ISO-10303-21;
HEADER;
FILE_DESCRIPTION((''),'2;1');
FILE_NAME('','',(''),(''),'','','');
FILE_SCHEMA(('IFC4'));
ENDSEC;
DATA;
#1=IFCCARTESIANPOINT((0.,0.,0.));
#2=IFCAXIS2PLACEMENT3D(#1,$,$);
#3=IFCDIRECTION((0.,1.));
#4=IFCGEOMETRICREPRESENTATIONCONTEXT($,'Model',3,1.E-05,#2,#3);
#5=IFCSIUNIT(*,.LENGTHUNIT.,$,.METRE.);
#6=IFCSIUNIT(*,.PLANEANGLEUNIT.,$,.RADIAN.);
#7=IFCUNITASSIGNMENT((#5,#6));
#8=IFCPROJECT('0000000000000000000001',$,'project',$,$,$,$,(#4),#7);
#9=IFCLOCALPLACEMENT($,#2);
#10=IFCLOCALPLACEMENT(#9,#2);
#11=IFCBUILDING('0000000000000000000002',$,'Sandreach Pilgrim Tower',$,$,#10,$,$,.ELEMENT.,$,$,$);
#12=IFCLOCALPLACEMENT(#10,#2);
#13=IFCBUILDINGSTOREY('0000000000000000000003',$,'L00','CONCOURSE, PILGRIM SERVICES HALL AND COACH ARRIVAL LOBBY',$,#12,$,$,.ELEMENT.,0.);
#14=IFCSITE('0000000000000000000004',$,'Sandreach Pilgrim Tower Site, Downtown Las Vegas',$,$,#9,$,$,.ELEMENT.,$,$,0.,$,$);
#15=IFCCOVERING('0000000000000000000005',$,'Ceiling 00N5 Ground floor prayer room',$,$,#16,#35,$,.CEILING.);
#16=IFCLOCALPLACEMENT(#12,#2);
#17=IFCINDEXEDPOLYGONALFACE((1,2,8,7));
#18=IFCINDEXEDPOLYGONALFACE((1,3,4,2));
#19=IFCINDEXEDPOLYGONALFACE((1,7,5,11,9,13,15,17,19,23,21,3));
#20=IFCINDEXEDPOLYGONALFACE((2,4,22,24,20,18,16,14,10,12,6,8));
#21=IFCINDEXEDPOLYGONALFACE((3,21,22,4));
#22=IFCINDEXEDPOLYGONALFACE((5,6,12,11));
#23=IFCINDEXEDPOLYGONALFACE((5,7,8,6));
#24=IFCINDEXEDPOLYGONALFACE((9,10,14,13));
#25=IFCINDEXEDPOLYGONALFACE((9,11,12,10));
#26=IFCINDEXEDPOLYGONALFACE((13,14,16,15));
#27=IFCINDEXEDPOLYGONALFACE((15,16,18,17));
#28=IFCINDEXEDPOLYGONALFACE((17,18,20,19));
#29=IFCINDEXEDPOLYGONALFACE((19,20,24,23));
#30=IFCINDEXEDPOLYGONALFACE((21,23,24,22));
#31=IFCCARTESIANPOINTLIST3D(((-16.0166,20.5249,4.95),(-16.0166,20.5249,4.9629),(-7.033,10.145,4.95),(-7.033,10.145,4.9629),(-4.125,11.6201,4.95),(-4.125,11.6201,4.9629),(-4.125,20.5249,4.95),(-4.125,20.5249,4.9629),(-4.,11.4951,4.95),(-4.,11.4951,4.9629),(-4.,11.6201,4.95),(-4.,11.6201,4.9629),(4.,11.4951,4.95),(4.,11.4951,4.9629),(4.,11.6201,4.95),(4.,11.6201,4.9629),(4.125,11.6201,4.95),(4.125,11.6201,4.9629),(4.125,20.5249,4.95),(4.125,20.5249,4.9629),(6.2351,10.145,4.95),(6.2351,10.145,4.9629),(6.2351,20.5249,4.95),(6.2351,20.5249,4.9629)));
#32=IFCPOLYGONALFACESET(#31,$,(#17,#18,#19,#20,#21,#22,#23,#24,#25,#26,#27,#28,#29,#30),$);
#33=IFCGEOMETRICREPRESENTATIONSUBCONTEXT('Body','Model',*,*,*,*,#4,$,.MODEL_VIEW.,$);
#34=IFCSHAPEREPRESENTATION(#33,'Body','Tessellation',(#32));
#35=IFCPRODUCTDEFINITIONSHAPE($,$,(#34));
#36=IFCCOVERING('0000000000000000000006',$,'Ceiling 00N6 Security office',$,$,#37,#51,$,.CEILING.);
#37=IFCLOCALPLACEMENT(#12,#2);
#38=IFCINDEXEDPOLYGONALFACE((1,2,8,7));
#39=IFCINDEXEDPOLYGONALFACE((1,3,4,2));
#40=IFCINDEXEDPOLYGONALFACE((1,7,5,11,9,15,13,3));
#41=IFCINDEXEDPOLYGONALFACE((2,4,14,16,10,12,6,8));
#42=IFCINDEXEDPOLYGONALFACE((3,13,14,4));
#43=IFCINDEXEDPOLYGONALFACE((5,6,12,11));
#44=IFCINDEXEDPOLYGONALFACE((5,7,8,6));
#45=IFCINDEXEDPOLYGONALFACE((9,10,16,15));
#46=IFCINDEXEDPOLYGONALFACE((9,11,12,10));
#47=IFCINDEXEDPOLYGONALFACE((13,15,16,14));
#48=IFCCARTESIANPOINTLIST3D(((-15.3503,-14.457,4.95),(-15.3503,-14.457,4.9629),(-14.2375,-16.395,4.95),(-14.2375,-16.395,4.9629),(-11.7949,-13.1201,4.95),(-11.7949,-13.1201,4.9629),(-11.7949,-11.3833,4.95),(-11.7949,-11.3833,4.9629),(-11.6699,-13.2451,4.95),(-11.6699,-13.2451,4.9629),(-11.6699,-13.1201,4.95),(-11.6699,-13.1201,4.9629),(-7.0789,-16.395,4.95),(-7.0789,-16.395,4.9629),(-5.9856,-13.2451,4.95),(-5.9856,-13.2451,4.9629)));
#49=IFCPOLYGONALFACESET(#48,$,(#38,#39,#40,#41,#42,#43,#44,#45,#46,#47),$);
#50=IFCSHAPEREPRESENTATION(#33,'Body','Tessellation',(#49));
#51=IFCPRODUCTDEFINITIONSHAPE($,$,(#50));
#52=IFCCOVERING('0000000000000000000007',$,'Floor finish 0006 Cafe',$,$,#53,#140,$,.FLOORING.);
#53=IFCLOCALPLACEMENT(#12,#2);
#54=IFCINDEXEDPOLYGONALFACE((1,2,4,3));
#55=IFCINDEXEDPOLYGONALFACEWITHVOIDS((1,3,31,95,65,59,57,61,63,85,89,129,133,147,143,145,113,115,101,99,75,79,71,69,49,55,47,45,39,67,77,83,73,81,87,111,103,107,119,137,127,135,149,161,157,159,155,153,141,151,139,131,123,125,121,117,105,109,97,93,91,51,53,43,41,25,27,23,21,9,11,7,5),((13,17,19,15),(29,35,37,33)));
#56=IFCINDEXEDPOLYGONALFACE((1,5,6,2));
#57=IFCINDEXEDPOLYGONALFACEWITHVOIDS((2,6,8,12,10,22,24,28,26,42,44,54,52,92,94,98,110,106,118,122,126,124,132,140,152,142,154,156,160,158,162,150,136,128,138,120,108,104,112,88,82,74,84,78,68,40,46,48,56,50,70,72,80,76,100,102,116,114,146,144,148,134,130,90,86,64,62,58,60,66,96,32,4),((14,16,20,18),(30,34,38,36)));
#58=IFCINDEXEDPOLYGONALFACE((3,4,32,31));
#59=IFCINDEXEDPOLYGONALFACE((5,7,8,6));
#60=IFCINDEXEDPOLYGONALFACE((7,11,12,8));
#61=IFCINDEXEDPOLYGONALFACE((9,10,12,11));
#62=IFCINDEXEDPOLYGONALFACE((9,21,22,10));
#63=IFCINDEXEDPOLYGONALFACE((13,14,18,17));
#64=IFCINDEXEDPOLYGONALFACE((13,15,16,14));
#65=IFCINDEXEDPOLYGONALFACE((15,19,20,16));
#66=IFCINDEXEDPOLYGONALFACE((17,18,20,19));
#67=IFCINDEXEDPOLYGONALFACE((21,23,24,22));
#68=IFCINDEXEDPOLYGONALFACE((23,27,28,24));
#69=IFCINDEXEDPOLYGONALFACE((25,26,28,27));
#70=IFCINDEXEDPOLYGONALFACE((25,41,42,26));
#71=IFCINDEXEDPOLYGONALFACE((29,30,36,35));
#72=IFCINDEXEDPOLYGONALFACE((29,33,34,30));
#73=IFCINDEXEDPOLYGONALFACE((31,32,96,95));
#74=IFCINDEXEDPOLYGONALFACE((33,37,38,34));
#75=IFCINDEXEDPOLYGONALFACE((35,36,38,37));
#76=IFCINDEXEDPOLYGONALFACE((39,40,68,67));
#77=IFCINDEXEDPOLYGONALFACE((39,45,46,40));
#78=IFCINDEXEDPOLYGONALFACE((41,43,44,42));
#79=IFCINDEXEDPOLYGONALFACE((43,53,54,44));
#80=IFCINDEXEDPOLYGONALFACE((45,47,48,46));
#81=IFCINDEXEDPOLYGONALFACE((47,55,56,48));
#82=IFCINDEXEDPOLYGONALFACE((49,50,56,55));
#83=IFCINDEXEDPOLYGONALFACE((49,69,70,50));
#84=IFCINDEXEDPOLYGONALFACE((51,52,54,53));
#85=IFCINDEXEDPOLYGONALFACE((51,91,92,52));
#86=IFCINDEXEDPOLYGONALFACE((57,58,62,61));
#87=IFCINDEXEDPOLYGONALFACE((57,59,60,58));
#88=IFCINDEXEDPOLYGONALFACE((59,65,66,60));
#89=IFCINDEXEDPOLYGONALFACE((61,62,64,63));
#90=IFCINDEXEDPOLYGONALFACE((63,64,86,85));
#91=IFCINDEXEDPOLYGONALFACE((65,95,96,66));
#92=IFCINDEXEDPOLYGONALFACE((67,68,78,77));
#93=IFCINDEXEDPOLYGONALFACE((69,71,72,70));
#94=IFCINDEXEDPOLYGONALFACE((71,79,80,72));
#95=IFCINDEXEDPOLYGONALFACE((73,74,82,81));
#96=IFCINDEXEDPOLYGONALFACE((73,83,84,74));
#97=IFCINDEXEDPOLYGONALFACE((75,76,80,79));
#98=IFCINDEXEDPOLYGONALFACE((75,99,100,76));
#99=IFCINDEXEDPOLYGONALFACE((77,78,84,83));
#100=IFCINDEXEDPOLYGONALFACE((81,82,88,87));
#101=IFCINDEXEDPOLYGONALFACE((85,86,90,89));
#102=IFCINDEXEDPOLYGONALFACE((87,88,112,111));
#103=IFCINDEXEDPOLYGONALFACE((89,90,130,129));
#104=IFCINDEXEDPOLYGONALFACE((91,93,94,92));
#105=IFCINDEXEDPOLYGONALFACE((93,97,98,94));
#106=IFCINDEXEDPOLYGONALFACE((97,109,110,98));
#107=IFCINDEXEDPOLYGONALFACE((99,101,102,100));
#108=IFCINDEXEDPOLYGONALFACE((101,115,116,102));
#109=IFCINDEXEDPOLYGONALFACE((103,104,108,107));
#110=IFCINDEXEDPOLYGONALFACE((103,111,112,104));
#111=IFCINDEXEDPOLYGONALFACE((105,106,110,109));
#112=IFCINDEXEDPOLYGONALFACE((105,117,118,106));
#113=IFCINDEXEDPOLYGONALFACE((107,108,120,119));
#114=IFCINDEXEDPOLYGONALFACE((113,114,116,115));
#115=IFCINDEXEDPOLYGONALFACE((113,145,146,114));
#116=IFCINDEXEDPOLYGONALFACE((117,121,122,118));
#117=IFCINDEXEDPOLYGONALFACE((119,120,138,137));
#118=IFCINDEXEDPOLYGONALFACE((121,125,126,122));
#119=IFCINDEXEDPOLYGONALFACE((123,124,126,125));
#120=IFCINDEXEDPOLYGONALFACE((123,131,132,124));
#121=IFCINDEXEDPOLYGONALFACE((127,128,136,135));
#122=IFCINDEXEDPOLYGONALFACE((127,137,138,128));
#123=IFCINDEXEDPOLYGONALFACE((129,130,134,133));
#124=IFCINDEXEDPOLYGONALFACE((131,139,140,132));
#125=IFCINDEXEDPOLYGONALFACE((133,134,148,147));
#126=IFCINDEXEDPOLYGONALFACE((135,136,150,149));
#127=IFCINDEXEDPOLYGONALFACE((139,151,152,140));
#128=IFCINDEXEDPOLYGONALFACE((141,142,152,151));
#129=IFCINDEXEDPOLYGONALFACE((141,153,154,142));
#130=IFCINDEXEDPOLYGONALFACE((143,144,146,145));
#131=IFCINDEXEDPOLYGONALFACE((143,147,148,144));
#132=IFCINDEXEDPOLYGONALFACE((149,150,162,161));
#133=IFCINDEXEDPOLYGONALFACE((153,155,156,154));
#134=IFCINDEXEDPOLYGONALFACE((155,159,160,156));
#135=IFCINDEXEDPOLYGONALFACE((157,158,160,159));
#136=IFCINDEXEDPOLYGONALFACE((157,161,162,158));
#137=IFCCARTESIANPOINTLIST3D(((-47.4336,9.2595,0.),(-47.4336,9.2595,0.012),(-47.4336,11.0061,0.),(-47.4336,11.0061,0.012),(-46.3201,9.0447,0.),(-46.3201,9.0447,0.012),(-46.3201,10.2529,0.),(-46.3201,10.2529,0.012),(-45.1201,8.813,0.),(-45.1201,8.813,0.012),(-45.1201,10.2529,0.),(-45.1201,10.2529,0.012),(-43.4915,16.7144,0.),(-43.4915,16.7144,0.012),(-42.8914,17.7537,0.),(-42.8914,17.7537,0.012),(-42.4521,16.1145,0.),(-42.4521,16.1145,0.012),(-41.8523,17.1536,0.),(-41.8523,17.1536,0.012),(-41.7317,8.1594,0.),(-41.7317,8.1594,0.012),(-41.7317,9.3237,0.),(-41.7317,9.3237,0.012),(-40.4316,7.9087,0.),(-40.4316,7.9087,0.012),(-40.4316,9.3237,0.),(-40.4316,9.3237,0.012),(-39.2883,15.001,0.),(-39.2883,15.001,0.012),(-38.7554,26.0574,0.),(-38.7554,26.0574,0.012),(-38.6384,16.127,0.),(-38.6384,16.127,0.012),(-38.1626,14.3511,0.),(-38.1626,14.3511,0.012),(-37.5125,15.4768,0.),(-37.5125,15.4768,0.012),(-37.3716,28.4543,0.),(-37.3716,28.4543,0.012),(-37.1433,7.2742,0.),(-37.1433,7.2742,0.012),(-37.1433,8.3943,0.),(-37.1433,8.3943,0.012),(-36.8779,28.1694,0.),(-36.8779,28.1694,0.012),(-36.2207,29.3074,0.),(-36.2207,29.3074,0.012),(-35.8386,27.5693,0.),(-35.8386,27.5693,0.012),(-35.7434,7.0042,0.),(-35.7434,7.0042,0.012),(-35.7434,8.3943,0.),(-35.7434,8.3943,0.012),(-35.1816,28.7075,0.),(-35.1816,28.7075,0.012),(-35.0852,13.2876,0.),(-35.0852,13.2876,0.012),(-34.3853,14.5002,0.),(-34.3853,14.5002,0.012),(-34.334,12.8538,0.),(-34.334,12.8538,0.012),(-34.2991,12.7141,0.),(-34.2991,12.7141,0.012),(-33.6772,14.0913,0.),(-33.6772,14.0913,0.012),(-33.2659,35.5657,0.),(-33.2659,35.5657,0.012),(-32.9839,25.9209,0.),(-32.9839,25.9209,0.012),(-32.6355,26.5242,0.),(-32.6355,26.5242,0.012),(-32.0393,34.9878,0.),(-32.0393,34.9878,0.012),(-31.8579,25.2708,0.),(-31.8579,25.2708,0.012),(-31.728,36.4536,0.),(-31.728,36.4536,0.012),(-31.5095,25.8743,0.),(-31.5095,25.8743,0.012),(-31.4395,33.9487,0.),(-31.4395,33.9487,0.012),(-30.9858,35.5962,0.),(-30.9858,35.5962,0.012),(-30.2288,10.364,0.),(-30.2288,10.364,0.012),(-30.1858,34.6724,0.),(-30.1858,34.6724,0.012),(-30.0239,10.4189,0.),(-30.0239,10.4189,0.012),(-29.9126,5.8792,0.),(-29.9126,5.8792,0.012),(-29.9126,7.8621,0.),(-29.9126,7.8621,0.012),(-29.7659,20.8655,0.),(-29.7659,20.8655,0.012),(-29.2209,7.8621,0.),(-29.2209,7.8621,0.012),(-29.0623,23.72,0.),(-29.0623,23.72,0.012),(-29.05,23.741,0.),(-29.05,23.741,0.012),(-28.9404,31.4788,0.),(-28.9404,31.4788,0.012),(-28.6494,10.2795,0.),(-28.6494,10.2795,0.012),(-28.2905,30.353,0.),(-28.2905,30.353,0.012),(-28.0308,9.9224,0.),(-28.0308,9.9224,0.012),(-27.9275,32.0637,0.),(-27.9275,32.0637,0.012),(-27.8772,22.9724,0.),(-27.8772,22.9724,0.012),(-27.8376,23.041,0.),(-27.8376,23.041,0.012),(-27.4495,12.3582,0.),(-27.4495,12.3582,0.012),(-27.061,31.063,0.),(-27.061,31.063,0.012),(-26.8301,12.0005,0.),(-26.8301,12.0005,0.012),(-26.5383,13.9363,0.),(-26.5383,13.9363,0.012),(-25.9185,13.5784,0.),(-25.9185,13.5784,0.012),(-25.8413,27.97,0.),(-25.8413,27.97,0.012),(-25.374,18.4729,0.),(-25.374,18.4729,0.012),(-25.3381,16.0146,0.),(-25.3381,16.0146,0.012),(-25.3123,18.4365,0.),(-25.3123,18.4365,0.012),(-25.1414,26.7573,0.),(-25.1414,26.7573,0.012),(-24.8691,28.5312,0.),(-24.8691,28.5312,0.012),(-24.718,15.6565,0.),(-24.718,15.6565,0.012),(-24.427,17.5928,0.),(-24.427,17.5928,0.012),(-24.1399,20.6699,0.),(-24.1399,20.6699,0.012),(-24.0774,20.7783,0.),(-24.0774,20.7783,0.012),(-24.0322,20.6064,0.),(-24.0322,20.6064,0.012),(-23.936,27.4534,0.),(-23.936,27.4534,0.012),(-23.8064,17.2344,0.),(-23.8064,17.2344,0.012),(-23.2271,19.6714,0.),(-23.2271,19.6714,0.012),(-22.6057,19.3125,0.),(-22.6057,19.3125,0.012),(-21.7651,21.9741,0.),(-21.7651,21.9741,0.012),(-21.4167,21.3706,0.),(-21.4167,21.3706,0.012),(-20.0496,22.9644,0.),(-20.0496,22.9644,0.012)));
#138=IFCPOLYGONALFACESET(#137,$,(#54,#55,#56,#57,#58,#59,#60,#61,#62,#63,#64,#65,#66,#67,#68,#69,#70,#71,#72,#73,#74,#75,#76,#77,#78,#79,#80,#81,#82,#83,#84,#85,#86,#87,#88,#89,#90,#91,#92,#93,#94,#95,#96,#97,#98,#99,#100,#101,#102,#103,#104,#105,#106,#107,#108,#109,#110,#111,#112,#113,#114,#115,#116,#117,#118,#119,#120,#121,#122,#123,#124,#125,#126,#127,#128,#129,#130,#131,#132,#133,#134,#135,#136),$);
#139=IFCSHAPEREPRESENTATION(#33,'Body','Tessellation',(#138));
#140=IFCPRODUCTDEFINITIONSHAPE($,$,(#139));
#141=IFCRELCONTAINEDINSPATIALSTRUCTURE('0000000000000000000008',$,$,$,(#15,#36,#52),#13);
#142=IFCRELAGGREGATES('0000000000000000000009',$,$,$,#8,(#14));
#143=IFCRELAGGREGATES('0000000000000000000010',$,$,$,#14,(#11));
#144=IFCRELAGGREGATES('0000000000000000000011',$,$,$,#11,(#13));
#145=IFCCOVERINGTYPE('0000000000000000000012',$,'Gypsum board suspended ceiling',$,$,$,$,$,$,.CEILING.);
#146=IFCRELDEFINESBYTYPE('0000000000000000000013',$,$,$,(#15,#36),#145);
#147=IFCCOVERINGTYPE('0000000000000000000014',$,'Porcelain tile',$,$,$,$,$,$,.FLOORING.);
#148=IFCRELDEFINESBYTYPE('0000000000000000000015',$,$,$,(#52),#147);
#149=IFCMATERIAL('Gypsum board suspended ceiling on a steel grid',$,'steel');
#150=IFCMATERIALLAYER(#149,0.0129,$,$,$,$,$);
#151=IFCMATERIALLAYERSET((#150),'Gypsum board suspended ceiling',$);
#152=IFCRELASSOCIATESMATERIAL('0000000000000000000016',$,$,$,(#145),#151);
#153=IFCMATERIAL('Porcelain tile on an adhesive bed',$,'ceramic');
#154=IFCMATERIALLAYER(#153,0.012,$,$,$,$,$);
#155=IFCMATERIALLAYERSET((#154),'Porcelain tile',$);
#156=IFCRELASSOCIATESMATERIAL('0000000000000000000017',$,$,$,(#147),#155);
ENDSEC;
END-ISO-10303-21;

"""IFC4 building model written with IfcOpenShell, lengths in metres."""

from ifc_helpers import new_model, si_unit, direction, frame, origin, place, context, subcontext, project, spatial, polyline, outline, extrude, material, layer, layer_set, type_object, element, save


model = new_model("IFC4")

# Units and contexts
model_context = context("Model", 3, precision=1e-05, world=origin(), true_north=direction((0.0, 1.0)))
body_context = subcontext(model_context, "Body", "Model", "MODEL_VIEW")
ifc_project = project(units=[si_unit("LENGTHUNIT", "METRE"), si_unit("PLANEANGLEUNIT", "RADIAN")], contexts=[model_context])

# Site, building, storey
site_placement = place(None, origin())
site = spatial("IfcSite", under=ifc_project, at=site_placement, Name="Sandreach Pilgrim Tower Site, Downtown Las Vegas", CompositionType="ELEMENT", RefElevation=0.0)
building_placement = place(site_placement, origin())
building = spatial("IfcBuilding", under=site, at=building_placement, Name="Sandreach Pilgrim Tower", CompositionType="ELEMENT")
storey_placement = place(building_placement, origin())
storey = spatial("IfcBuildingStorey", under=building, at=storey_placement, Name="L00", Description="CONCOURSE, PILGRIM SERVICES HALL AND COACH ARRIVAL LOBBY", CompositionType="ELEMENT", Elevation=0.0)

# Coverings
ifc_material_1 = material(Name="Gypsum board suspended ceiling on a steel grid", Category="steel")
ifc_layer_1 = layer(ifc_material_1, 0.0129)
ifc_layer_set_1 = layer_set([ifc_layer_1], Name="Gypsum board suspended ceiling")
covering_type_1 = type_object("IfcCoveringType", Name="Gypsum board suspended ceiling", PredefinedType="CEILING", material=ifc_layer_set_1)
covering_1_placement = place(storey_placement, frame((0.0, 0.0, 4.95)))
element("IfcCovering", 1, at=covering_1_placement, inside=storey, type_object=covering_type_1, Name="Ceiling 00N5 Ground floor prayer room", PredefinedType="CEILING", context=body_context, shape_type="SweptSolid", body=[
    extrude(outline(polyline([(4.0, 11.4951), (4.0, 11.6201), (4.125, 11.6201), (4.125, 20.5249), (6.2351, 20.5249), (6.2351, 10.145), (-7.033, 10.145), (-16.0166, 20.5249), (-4.125, 20.5249), (-4.125, 11.6201), (-4.0, 11.6201), (-4.0, 11.4951), (4.0, 11.4951)])), origin(), (0.0, 0.0, 1.0), 0.0129),
])
covering_2_placement = place(storey_placement, frame((0.0, 0.0, 4.95)))
element("IfcCovering", 2, at=covering_2_placement, inside=storey, type_object=covering_type_1, Name="Ceiling 00N6 Security office", PredefinedType="CEILING", context=body_context, shape_type="SweptSolid", body=[
    extrude(outline(polyline([(-5.9856, -13.2451), (-7.0789, -16.395), (-14.2375, -16.395), (-15.3503, -14.457), (-11.7949, -11.3833), (-11.7949, -13.1201), (-11.6699, -13.1201), (-11.6699, -13.2451), (-5.9856, -13.2451)])), origin(), (0.0, 0.0, 1.0), 0.0129),
])
ifc_material_2 = material(Name="Porcelain tile on an adhesive bed", Category="ceramic")
ifc_layer_2 = layer(ifc_material_2, 0.012)
ifc_layer_set_2 = layer_set([ifc_layer_2], Name="Porcelain tile")
covering_type_2 = type_object("IfcCoveringType", Name="Porcelain tile", PredefinedType="FLOORING", material=ifc_layer_set_2)
covering_3_placement = place(storey_placement, origin())
element("IfcCovering", 3, at=covering_3_placement, inside=storey, type_object=covering_type_2, Name="Floor finish 0006 Cafe", PredefinedType="FLOORING", context=body_context, shape_type="SweptSolid", body=[
    extrude(outline(polyline([(-38.7554, 26.0574), (-29.7659, 20.8655), (-33.6772, 14.0913), (-34.3853, 14.5002), (-35.0852, 13.2876), (-34.334, 12.8538), (-34.2991, 12.7141), (-30.2288, 10.364), (-30.0239, 10.4189), (-25.374, 18.4729), (-25.3123, 18.4365), (-24.0322, 20.6064), (-24.1399, 20.6699), (-24.0774, 20.7783), (-27.8772, 22.9724), (-27.8376, 23.041), (-29.05, 23.741), (-29.0623, 23.72), (-31.8579, 25.2708), (-31.5095, 25.8743), (-32.6355, 26.5242), (-32.9839, 25.9209), (-35.8386, 27.5693), (-35.1816, 28.7075), (-36.2207, 29.3074), (-36.8779, 28.1694), (-37.3716, 28.4543), (-33.2659, 35.5657), (-31.728, 36.4536), (-30.9858, 35.5962), (-32.0393, 34.9878), (-31.4395, 33.9487), (-30.1858, 34.6724), (-27.9275, 32.0637), (-28.9404, 31.4788), (-28.2905, 30.353), (-27.061, 31.063), (-24.8691, 28.5312), (-25.8413, 27.97), (-25.1414, 26.7573), (-23.936, 27.4534), (-20.0496, 22.9644), (-21.7651, 21.9741), (-21.4167, 21.3706), (-22.6057, 19.3125), (-23.2271, 19.6714), (-24.427, 17.5928), (-23.8064, 17.2344), (-24.718, 15.6565), (-25.3381, 16.0146), (-26.5383, 13.9363), (-25.9185, 13.5784), (-26.8301, 12.0005), (-27.4495, 12.3582), (-28.6494, 10.2795), (-28.0308, 9.9224), (-29.2209, 7.8621), (-29.9126, 7.8621), (-29.9126, 5.8792), (-35.7434, 7.0042), (-35.7434, 8.3943), (-37.1433, 8.3943), (-37.1433, 7.2742), (-40.4316, 7.9087), (-40.4316, 9.3237), (-41.7317, 9.3237), (-41.7317, 8.1594), (-45.1201, 8.813), (-45.1201, 10.2529), (-46.3201, 10.2529), (-46.3201, 9.0447), (-47.4336, 9.2595), (-47.4336, 11.0061), (-38.7554, 26.0574)]), holes=[polyline([(-39.2883, 15.001), (-38.1626, 14.3511), (-37.5125, 15.4768), (-38.6384, 16.127), (-39.2883, 15.001)]), polyline([(-42.8914, 17.7537), (-43.4915, 16.7144), (-42.4521, 16.1145), (-41.8523, 17.1536), (-42.8914, 17.7537)])]), origin(), (0.0, 0.0, 1.0), 0.012),
])

save(model, "model.ifc")
